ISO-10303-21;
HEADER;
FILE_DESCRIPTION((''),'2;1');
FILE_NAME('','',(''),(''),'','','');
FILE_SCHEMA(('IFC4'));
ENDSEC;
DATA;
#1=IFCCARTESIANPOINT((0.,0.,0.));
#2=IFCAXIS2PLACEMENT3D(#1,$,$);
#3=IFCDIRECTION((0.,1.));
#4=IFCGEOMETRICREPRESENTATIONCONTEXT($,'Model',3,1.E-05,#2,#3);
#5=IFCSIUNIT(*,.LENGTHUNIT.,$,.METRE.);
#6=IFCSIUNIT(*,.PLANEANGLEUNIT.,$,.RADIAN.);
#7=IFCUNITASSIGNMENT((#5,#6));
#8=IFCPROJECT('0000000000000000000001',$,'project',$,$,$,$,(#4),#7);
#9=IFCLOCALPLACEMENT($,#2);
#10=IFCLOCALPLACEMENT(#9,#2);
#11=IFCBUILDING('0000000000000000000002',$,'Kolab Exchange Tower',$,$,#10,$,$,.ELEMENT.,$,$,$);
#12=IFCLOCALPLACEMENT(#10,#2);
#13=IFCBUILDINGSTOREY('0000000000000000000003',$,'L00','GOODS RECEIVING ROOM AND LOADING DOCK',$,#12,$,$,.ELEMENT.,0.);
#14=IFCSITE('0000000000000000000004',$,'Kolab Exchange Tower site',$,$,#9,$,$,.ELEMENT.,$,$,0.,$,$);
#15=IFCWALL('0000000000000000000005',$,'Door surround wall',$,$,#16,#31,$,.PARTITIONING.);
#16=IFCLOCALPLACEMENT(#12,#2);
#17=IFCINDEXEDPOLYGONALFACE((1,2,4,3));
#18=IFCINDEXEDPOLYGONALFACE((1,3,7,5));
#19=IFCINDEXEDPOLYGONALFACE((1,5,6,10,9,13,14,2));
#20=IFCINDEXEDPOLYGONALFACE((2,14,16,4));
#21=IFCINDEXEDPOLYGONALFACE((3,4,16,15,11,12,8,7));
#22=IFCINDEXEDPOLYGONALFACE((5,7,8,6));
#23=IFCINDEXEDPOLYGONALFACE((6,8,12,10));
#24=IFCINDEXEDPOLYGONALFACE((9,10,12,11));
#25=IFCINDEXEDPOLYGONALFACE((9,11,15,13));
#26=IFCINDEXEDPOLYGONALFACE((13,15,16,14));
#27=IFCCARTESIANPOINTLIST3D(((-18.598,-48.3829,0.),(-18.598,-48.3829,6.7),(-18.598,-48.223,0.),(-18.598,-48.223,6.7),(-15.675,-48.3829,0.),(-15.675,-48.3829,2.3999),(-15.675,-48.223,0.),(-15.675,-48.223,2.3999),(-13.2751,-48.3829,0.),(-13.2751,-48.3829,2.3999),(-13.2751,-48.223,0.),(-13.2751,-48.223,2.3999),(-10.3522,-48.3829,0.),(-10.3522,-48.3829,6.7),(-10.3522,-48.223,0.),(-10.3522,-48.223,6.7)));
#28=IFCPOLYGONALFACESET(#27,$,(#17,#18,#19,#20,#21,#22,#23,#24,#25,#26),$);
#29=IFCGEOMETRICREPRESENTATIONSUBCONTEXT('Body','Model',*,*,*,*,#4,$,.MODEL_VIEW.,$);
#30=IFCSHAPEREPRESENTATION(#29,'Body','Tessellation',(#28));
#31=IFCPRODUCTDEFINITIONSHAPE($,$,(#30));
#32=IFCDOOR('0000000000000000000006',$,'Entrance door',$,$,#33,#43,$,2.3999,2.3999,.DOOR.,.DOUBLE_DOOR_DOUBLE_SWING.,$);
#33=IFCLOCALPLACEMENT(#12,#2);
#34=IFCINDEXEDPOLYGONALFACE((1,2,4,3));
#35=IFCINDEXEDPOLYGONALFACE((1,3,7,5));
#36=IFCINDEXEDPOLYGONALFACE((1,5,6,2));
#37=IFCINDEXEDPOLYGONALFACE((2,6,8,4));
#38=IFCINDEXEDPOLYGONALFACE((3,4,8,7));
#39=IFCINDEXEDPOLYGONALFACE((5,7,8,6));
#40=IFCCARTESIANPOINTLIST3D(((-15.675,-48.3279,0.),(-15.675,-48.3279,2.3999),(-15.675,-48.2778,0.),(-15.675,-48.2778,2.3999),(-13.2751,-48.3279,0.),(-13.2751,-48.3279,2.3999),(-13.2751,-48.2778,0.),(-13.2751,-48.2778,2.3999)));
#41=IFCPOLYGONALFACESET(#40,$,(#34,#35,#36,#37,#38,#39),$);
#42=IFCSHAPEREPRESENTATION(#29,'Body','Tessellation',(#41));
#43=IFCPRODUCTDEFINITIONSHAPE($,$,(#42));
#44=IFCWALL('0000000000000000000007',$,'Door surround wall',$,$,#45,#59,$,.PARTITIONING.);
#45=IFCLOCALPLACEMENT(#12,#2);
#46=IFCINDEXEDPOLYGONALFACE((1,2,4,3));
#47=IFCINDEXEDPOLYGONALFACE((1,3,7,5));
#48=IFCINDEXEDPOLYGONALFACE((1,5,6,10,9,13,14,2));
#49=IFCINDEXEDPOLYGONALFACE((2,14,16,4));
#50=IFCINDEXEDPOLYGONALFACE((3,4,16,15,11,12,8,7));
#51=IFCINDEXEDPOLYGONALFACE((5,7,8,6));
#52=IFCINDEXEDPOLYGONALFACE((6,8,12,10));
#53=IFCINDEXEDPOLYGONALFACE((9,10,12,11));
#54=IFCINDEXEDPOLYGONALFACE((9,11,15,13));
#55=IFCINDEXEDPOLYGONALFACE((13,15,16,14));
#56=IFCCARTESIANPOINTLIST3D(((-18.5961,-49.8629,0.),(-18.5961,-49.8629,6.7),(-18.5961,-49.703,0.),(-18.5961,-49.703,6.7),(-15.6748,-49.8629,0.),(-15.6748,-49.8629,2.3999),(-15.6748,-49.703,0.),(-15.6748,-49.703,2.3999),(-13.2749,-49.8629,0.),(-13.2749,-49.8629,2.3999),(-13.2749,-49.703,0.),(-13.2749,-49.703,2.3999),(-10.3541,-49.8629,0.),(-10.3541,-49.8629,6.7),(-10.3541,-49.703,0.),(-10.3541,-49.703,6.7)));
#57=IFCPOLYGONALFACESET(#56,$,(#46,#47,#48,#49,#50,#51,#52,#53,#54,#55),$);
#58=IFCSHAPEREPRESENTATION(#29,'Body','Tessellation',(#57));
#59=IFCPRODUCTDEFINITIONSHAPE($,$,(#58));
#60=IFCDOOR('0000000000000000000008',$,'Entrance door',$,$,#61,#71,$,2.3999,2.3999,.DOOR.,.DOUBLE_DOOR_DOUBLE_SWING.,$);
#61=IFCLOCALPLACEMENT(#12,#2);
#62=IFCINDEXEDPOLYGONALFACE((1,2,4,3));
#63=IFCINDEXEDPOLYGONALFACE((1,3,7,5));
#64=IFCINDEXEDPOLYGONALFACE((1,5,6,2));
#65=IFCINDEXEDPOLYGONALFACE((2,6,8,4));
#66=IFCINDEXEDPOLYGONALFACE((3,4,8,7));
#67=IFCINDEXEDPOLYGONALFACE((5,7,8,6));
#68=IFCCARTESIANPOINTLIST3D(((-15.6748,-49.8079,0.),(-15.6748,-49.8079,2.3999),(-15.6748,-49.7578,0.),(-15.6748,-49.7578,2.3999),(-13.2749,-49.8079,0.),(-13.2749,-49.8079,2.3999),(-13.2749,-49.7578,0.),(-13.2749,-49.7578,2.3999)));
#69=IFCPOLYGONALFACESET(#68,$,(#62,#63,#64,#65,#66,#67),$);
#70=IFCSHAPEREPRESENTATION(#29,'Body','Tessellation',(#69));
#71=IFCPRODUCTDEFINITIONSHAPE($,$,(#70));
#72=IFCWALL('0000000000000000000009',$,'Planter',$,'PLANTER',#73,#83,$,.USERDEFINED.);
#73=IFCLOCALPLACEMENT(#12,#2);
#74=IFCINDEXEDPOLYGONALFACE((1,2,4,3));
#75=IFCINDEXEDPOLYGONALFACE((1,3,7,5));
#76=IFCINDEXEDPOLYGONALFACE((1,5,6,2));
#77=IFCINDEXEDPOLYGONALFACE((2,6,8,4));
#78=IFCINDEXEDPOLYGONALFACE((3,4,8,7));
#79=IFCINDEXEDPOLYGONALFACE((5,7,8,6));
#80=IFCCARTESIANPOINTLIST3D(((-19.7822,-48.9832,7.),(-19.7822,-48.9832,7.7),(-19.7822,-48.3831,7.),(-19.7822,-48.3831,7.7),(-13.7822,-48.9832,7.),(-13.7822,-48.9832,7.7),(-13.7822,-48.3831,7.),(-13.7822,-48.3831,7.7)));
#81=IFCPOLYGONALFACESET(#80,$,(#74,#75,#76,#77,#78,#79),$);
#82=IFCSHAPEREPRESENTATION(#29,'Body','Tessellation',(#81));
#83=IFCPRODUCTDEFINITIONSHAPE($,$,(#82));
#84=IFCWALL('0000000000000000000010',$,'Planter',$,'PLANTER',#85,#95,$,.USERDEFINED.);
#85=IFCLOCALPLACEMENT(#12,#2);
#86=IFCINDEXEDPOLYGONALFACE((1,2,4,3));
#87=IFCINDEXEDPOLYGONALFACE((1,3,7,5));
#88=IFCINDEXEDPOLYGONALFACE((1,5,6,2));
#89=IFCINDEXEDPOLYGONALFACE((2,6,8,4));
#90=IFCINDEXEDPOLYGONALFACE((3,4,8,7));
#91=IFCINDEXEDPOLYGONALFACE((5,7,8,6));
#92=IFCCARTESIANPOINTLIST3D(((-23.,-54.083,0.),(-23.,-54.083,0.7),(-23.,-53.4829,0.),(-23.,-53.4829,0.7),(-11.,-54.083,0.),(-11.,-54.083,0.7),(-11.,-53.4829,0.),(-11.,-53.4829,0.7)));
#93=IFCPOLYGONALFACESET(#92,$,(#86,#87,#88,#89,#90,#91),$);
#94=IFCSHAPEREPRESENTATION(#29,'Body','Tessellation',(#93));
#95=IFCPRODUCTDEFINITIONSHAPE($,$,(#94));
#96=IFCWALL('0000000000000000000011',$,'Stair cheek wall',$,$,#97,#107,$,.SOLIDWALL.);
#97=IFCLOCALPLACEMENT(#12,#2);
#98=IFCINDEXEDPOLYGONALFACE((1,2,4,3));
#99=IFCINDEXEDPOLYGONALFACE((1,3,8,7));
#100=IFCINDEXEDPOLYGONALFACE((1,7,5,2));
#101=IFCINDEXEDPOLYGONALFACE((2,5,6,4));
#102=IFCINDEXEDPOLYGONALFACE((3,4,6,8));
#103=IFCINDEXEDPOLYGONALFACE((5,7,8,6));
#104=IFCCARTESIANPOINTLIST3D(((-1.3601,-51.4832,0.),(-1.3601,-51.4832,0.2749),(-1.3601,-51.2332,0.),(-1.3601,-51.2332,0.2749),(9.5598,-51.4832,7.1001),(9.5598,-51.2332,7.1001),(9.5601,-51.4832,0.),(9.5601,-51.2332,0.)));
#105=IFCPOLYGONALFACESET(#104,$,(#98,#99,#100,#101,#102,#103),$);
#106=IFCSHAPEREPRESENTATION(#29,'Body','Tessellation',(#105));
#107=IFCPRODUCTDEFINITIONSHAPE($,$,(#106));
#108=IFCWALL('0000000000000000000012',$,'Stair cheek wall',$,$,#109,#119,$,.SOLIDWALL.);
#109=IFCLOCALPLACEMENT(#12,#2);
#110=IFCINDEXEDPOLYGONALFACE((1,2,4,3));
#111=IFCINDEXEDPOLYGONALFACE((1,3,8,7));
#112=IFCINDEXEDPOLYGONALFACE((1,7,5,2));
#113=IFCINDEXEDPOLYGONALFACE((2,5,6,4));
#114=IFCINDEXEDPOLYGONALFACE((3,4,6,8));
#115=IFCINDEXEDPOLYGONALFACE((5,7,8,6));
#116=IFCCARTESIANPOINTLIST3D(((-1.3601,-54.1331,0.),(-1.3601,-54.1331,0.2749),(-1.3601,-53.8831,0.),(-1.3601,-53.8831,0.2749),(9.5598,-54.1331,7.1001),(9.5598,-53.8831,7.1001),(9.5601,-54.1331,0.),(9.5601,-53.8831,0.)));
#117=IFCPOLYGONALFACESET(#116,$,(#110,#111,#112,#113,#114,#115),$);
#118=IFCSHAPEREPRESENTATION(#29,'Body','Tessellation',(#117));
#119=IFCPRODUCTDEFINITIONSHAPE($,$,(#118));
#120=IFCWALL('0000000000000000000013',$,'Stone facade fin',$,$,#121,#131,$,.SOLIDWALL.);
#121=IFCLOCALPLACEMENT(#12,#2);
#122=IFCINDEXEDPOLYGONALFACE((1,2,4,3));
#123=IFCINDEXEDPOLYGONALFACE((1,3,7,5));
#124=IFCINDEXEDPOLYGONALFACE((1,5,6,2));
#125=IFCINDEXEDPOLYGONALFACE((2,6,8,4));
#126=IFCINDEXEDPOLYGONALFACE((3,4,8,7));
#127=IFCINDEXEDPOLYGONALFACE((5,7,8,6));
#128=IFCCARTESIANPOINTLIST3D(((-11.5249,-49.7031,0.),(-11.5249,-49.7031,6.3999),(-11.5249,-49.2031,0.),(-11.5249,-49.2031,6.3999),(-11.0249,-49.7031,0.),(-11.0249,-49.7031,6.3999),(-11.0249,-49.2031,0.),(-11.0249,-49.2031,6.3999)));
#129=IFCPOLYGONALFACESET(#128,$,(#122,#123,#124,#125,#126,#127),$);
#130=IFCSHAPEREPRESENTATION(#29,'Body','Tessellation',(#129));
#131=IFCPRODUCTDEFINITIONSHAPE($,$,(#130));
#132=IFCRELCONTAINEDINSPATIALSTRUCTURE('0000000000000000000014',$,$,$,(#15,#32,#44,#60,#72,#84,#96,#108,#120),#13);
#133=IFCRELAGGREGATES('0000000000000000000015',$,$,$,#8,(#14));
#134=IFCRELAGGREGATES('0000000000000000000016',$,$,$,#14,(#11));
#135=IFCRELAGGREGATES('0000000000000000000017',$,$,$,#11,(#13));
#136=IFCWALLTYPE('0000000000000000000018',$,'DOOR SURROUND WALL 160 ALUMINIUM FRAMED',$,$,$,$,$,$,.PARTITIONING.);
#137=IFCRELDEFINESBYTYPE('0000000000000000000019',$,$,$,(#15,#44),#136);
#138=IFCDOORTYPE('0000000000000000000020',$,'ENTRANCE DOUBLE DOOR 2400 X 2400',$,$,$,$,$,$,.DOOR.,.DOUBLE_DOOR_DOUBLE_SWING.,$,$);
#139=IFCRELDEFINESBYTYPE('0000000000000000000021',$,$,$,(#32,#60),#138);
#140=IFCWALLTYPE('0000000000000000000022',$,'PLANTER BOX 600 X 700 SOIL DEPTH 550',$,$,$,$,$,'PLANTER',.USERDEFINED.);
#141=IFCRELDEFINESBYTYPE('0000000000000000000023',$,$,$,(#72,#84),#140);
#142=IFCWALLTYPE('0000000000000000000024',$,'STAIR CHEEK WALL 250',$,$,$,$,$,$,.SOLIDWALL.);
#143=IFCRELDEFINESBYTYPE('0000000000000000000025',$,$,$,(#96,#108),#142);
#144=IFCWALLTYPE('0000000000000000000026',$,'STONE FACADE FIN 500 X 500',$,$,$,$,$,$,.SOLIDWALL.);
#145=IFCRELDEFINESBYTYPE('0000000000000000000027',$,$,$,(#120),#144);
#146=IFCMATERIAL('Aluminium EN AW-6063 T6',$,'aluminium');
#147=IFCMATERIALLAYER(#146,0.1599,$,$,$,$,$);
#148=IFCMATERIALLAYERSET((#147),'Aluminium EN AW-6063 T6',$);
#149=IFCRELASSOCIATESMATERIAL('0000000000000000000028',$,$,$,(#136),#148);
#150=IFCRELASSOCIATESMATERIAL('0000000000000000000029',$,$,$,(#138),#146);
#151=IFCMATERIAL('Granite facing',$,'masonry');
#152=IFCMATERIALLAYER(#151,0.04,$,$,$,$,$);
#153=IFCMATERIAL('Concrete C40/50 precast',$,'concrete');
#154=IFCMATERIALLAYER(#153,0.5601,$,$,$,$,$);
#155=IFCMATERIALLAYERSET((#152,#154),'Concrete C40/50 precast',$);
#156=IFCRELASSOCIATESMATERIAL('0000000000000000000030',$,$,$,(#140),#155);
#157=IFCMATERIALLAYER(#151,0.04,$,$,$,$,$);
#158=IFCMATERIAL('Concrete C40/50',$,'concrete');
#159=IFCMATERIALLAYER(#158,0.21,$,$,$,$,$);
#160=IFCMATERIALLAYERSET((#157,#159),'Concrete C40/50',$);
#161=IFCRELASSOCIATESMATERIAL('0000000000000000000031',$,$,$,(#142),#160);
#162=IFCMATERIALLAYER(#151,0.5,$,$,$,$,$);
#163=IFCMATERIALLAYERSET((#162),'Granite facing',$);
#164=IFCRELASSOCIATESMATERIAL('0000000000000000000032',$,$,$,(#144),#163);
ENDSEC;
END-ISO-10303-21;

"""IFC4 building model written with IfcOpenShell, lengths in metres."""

from ifc_helpers import new_model, si_unit, direction, frame, frame_2d, origin, place, context, subcontext, project, spatial, polyline, rectangle, outline, extrude, material, layer, layer_set, type_object, element, fill, save


model = new_model("IFC4")

# Units and contexts
model_context = context("Model", 3, precision=1e-05, world=origin(), true_north=direction((0.0, 1.0)))
body_context = subcontext(model_context, "Body", "Model", "MODEL_VIEW")
ifc_project = project(units=[si_unit("LENGTHUNIT", "METRE"), si_unit("PLANEANGLEUNIT", "RADIAN")], contexts=[model_context])

# Site, building, storey
site_placement = place(None, origin())
site = spatial("IfcSite", under=ifc_project, at=site_placement, Name="Kolab Exchange Tower site", CompositionType="ELEMENT", RefElevation=0.0)
building_placement = place(site_placement, origin())
building = spatial("IfcBuilding", under=site, at=building_placement, Name="Kolab Exchange Tower", CompositionType="ELEMENT")
storey_placement = place(building_placement, origin())
storey = spatial("IfcBuildingStorey", under=building, at=storey_placement, Name="L00", Description="GOODS RECEIVING ROOM AND LOADING DOCK", CompositionType="ELEMENT", Elevation=0.0)

# Shared definitions
ifc_material_1 = material(Name="Aluminium EN AW-6063 T6", Category="aluminium")

# Walls, openings, doors
ifc_layer_1 = layer(ifc_material_1, 0.1599)
ifc_layer_set_1 = layer_set([ifc_layer_1], Name="Aluminium EN AW-6063 T6")
wall_type_1 = type_object("IfcWallType", Name="DOOR SURROUND WALL 160 ALUMINIUM FRAMED", PredefinedType="PARTITIONING", material=ifc_layer_set_1)
wall_1_placement = place(storey_placement, frame((-10.3521, -48.303, 0.0), z_axis=(0.0, 0.0, 1.0), x_axis=(-1.0, 0.0, 0.0)))
wall_1 = element("IfcWall", 1, at=wall_1_placement, inside=storey, type_object=wall_type_1, Name="Door surround wall", PredefinedType="PARTITIONING", context=body_context, shape_type="SweptSolid", body=[
    extrude(rectangle(XDim=8.2458, YDim=0.1599, at=frame_2d((4.123, 0.0))), origin(), (0.0, 0.0, 1.0), 6.7),
])
opening_1_placement = place(wall_1_placement, frame((2.9231, 0.0, 0.0)))
opening_1 = element("IfcOpeningElement", 2, at=opening_1_placement, cuts=wall_1, PredefinedType="OPENING", context=body_context, shape_type="SweptSolid", body=[
    extrude(rectangle(XDim=2.3999, YDim=2.3999, at=frame_2d((1.2, 1.2))), frame((0.0, 0.0898, 0.0), z_axis=(0.0, -1.0, 0.0), x_axis=(1.0, 0.0, 0.0)), (0.0, 0.0, 1.0), 0.1799),
])
door_type = type_object("IfcDoorType", Name="ENTRANCE DOUBLE DOOR 2400 X 2400", OperationType="DOUBLE_DOOR_DOUBLE_SWING", PredefinedType="DOOR", material=ifc_material_1)
door_1_placement = place(opening_1_placement, origin())
door_1 = element("IfcDoor", 3, at=door_1_placement, inside=storey, type_object=door_type, Name="Entrance door", OperationType="DOUBLE_DOOR_DOUBLE_SWING", OverallHeight=2.3999, OverallWidth=2.3999, PredefinedType="DOOR", context=body_context, shape_type="SweptSolid", body=[
    extrude(rectangle(XDim=2.3999, YDim=2.3999, at=frame_2d((1.2, 1.2))), frame((0.0, 0.0249, 0.0), z_axis=(0.0, -1.0, 0.0), x_axis=(1.0, 0.0, 0.0)), (0.0, 0.0, 1.0), 0.05),
])
fill(opening_1, door_1)
wall_2_placement = place(storey_placement, frame((-10.354, -49.783, 0.0), z_axis=(0.0, 0.0, 1.0), x_axis=(-1.0, 0.0, 0.0)))
wall_2 = element("IfcWall", 4, at=wall_2_placement, inside=storey, type_object=wall_type_1, Name="Door surround wall", PredefinedType="PARTITIONING", context=body_context, shape_type="SweptSolid", body=[
    extrude(rectangle(XDim=8.2419, YDim=0.1599, at=frame_2d((4.1211, 0.0))), origin(), (0.0, 0.0, 1.0), 6.7),
])
opening_2_placement = place(wall_2_placement, frame((2.9209, 0.0, 0.0)))
opening_2 = element("IfcOpeningElement", 5, at=opening_2_placement, cuts=wall_2, PredefinedType="OPENING", context=body_context, shape_type="SweptSolid", body=[
    extrude(rectangle(XDim=2.3999, YDim=2.3999, at=frame_2d((1.2, 1.2))), frame((0.0, 0.0898, 0.0), z_axis=(0.0, -1.0, 0.0), x_axis=(1.0, 0.0, 0.0)), (0.0, 0.0, 1.0), 0.1799),
])
door_2_placement = place(opening_2_placement, origin())
door_2 = element("IfcDoor", 6, at=door_2_placement, inside=storey, type_object=door_type, Name="Entrance door", OperationType="DOUBLE_DOOR_DOUBLE_SWING", OverallHeight=2.3999, OverallWidth=2.3999, PredefinedType="DOOR", context=body_context, shape_type="SweptSolid", body=[
    extrude(rectangle(XDim=2.3999, YDim=2.3999, at=frame_2d((1.2, 1.2))), frame((0.0, 0.0249, 0.0), z_axis=(0.0, -1.0, 0.0), x_axis=(1.0, 0.0, 0.0)), (0.0, 0.0, 1.0), 0.05),
])
fill(opening_2, door_2)

# Walls
ifc_material_2 = material(Name="Granite facing", Category="masonry")
ifc_layer_2 = layer(ifc_material_2, 0.04)
ifc_material_3 = material(Name="Concrete C40/50 precast", Category="concrete")
ifc_layer_3 = layer(ifc_material_3, 0.5601)
ifc_layer_set_2 = layer_set([ifc_layer_2, ifc_layer_3], Name="Concrete C40/50 precast")
wall_type_2 = type_object("IfcWallType", Name="PLANTER BOX 600 X 700 SOIL DEPTH 550", ElementType="PLANTER", PredefinedType="USERDEFINED", material=ifc_layer_set_2)
wall_3_placement = place(storey_placement, frame((-13.7822, -48.6831, 7.0), z_axis=(0.0, 0.0, 1.0), x_axis=(-1.0, 0.0, 0.0)))
element("IfcWall", 7, at=wall_3_placement, inside=storey, type_object=wall_type_2, Name="Planter", ObjectType="PLANTER", PredefinedType="USERDEFINED", context=body_context, shape_type="SweptSolid", body=[
    extrude(rectangle(XDim=6.0, YDim=0.6001, at=frame_2d((3.0, 0.0))), origin(), (0.0, 0.0, 1.0), 0.7),
])
wall_4_placement = place(storey_placement, frame((-11.0, -53.783, 0.0), z_axis=(0.0, 0.0, 1.0), x_axis=(-1.0, 0.0, 0.0)))
element("IfcWall", 8, at=wall_4_placement, inside=storey, type_object=wall_type_2, Name="Planter", ObjectType="PLANTER", PredefinedType="USERDEFINED", context=body_context, shape_type="SweptSolid", body=[
    extrude(rectangle(XDim=12.0, YDim=0.6001, at=frame_2d((6.0, 0.0))), origin(), (0.0, 0.0, 1.0), 0.7),
])
ifc_layer_4 = layer(ifc_material_2, 0.04)
ifc_material_4 = material(Name="Concrete C40/50", Category="concrete")
ifc_layer_5 = layer(ifc_material_4, 0.21)
ifc_layer_set_3 = layer_set([ifc_layer_4, ifc_layer_5], Name="Concrete C40/50")
wall_type_3 = type_object("IfcWallType", Name="STAIR CHEEK WALL 250", PredefinedType="SOLIDWALL", material=ifc_layer_set_3)
for number, where, z_axis, x_axis, name in (
    (9, (-1.3601, -51.3582, 0.0), (0.0, 0.0, 1.0), (1.0, 0.0, 0.0), "Stair cheek wall"),
    (10, (-1.3601, -54.0081, 0.0), (0.0, 0.0, 1.0), (1.0, 0.0, 0.0), "Stair cheek wall"),
):
    element("IfcWall", number, at=place(storey_placement, frame(where, z_axis=z_axis, x_axis=x_axis)), inside=storey, type_object=wall_type_3, Name=name, PredefinedType="SOLIDWALL", context=body_context, shape_type="SweptSolid", body=[
        extrude(outline(polyline([(0.0, 0.0), (10.9202, 0.0), (10.9199, 7.1001), (0.0, 0.2749), (0.0, 0.0)])), frame((0.0, 0.125, 0.0), z_axis=(0.0, -1.0, 0.0), x_axis=(1.0, 0.0, 0.0)), (0.0, 0.0, 1.0), 0.25),
    ])
ifc_layer_6 = layer(ifc_material_2, 0.5)
ifc_layer_set_4 = layer_set([ifc_layer_6], Name="Granite facing")
wall_type_4 = type_object("IfcWallType", Name="STONE FACADE FIN 500 X 500", PredefinedType="SOLIDWALL", material=ifc_layer_set_4)
wall_5_placement = place(storey_placement, frame((-11.0249, -49.4531, 0.0), z_axis=(0.0, 0.0, 1.0), x_axis=(-1.0, 0.0, 0.0)))
element("IfcWall", 11, at=wall_5_placement, inside=storey, type_object=wall_type_4, Name="Stone facade fin", PredefinedType="SOLIDWALL", context=body_context, shape_type="SweptSolid", body=[
    extrude(rectangle(XDim=0.5, YDim=0.5, at=frame_2d((0.25, 0.0))), origin(), (0.0, 0.0, 1.0), 6.3999),
])

save(model, "model.ifc")
